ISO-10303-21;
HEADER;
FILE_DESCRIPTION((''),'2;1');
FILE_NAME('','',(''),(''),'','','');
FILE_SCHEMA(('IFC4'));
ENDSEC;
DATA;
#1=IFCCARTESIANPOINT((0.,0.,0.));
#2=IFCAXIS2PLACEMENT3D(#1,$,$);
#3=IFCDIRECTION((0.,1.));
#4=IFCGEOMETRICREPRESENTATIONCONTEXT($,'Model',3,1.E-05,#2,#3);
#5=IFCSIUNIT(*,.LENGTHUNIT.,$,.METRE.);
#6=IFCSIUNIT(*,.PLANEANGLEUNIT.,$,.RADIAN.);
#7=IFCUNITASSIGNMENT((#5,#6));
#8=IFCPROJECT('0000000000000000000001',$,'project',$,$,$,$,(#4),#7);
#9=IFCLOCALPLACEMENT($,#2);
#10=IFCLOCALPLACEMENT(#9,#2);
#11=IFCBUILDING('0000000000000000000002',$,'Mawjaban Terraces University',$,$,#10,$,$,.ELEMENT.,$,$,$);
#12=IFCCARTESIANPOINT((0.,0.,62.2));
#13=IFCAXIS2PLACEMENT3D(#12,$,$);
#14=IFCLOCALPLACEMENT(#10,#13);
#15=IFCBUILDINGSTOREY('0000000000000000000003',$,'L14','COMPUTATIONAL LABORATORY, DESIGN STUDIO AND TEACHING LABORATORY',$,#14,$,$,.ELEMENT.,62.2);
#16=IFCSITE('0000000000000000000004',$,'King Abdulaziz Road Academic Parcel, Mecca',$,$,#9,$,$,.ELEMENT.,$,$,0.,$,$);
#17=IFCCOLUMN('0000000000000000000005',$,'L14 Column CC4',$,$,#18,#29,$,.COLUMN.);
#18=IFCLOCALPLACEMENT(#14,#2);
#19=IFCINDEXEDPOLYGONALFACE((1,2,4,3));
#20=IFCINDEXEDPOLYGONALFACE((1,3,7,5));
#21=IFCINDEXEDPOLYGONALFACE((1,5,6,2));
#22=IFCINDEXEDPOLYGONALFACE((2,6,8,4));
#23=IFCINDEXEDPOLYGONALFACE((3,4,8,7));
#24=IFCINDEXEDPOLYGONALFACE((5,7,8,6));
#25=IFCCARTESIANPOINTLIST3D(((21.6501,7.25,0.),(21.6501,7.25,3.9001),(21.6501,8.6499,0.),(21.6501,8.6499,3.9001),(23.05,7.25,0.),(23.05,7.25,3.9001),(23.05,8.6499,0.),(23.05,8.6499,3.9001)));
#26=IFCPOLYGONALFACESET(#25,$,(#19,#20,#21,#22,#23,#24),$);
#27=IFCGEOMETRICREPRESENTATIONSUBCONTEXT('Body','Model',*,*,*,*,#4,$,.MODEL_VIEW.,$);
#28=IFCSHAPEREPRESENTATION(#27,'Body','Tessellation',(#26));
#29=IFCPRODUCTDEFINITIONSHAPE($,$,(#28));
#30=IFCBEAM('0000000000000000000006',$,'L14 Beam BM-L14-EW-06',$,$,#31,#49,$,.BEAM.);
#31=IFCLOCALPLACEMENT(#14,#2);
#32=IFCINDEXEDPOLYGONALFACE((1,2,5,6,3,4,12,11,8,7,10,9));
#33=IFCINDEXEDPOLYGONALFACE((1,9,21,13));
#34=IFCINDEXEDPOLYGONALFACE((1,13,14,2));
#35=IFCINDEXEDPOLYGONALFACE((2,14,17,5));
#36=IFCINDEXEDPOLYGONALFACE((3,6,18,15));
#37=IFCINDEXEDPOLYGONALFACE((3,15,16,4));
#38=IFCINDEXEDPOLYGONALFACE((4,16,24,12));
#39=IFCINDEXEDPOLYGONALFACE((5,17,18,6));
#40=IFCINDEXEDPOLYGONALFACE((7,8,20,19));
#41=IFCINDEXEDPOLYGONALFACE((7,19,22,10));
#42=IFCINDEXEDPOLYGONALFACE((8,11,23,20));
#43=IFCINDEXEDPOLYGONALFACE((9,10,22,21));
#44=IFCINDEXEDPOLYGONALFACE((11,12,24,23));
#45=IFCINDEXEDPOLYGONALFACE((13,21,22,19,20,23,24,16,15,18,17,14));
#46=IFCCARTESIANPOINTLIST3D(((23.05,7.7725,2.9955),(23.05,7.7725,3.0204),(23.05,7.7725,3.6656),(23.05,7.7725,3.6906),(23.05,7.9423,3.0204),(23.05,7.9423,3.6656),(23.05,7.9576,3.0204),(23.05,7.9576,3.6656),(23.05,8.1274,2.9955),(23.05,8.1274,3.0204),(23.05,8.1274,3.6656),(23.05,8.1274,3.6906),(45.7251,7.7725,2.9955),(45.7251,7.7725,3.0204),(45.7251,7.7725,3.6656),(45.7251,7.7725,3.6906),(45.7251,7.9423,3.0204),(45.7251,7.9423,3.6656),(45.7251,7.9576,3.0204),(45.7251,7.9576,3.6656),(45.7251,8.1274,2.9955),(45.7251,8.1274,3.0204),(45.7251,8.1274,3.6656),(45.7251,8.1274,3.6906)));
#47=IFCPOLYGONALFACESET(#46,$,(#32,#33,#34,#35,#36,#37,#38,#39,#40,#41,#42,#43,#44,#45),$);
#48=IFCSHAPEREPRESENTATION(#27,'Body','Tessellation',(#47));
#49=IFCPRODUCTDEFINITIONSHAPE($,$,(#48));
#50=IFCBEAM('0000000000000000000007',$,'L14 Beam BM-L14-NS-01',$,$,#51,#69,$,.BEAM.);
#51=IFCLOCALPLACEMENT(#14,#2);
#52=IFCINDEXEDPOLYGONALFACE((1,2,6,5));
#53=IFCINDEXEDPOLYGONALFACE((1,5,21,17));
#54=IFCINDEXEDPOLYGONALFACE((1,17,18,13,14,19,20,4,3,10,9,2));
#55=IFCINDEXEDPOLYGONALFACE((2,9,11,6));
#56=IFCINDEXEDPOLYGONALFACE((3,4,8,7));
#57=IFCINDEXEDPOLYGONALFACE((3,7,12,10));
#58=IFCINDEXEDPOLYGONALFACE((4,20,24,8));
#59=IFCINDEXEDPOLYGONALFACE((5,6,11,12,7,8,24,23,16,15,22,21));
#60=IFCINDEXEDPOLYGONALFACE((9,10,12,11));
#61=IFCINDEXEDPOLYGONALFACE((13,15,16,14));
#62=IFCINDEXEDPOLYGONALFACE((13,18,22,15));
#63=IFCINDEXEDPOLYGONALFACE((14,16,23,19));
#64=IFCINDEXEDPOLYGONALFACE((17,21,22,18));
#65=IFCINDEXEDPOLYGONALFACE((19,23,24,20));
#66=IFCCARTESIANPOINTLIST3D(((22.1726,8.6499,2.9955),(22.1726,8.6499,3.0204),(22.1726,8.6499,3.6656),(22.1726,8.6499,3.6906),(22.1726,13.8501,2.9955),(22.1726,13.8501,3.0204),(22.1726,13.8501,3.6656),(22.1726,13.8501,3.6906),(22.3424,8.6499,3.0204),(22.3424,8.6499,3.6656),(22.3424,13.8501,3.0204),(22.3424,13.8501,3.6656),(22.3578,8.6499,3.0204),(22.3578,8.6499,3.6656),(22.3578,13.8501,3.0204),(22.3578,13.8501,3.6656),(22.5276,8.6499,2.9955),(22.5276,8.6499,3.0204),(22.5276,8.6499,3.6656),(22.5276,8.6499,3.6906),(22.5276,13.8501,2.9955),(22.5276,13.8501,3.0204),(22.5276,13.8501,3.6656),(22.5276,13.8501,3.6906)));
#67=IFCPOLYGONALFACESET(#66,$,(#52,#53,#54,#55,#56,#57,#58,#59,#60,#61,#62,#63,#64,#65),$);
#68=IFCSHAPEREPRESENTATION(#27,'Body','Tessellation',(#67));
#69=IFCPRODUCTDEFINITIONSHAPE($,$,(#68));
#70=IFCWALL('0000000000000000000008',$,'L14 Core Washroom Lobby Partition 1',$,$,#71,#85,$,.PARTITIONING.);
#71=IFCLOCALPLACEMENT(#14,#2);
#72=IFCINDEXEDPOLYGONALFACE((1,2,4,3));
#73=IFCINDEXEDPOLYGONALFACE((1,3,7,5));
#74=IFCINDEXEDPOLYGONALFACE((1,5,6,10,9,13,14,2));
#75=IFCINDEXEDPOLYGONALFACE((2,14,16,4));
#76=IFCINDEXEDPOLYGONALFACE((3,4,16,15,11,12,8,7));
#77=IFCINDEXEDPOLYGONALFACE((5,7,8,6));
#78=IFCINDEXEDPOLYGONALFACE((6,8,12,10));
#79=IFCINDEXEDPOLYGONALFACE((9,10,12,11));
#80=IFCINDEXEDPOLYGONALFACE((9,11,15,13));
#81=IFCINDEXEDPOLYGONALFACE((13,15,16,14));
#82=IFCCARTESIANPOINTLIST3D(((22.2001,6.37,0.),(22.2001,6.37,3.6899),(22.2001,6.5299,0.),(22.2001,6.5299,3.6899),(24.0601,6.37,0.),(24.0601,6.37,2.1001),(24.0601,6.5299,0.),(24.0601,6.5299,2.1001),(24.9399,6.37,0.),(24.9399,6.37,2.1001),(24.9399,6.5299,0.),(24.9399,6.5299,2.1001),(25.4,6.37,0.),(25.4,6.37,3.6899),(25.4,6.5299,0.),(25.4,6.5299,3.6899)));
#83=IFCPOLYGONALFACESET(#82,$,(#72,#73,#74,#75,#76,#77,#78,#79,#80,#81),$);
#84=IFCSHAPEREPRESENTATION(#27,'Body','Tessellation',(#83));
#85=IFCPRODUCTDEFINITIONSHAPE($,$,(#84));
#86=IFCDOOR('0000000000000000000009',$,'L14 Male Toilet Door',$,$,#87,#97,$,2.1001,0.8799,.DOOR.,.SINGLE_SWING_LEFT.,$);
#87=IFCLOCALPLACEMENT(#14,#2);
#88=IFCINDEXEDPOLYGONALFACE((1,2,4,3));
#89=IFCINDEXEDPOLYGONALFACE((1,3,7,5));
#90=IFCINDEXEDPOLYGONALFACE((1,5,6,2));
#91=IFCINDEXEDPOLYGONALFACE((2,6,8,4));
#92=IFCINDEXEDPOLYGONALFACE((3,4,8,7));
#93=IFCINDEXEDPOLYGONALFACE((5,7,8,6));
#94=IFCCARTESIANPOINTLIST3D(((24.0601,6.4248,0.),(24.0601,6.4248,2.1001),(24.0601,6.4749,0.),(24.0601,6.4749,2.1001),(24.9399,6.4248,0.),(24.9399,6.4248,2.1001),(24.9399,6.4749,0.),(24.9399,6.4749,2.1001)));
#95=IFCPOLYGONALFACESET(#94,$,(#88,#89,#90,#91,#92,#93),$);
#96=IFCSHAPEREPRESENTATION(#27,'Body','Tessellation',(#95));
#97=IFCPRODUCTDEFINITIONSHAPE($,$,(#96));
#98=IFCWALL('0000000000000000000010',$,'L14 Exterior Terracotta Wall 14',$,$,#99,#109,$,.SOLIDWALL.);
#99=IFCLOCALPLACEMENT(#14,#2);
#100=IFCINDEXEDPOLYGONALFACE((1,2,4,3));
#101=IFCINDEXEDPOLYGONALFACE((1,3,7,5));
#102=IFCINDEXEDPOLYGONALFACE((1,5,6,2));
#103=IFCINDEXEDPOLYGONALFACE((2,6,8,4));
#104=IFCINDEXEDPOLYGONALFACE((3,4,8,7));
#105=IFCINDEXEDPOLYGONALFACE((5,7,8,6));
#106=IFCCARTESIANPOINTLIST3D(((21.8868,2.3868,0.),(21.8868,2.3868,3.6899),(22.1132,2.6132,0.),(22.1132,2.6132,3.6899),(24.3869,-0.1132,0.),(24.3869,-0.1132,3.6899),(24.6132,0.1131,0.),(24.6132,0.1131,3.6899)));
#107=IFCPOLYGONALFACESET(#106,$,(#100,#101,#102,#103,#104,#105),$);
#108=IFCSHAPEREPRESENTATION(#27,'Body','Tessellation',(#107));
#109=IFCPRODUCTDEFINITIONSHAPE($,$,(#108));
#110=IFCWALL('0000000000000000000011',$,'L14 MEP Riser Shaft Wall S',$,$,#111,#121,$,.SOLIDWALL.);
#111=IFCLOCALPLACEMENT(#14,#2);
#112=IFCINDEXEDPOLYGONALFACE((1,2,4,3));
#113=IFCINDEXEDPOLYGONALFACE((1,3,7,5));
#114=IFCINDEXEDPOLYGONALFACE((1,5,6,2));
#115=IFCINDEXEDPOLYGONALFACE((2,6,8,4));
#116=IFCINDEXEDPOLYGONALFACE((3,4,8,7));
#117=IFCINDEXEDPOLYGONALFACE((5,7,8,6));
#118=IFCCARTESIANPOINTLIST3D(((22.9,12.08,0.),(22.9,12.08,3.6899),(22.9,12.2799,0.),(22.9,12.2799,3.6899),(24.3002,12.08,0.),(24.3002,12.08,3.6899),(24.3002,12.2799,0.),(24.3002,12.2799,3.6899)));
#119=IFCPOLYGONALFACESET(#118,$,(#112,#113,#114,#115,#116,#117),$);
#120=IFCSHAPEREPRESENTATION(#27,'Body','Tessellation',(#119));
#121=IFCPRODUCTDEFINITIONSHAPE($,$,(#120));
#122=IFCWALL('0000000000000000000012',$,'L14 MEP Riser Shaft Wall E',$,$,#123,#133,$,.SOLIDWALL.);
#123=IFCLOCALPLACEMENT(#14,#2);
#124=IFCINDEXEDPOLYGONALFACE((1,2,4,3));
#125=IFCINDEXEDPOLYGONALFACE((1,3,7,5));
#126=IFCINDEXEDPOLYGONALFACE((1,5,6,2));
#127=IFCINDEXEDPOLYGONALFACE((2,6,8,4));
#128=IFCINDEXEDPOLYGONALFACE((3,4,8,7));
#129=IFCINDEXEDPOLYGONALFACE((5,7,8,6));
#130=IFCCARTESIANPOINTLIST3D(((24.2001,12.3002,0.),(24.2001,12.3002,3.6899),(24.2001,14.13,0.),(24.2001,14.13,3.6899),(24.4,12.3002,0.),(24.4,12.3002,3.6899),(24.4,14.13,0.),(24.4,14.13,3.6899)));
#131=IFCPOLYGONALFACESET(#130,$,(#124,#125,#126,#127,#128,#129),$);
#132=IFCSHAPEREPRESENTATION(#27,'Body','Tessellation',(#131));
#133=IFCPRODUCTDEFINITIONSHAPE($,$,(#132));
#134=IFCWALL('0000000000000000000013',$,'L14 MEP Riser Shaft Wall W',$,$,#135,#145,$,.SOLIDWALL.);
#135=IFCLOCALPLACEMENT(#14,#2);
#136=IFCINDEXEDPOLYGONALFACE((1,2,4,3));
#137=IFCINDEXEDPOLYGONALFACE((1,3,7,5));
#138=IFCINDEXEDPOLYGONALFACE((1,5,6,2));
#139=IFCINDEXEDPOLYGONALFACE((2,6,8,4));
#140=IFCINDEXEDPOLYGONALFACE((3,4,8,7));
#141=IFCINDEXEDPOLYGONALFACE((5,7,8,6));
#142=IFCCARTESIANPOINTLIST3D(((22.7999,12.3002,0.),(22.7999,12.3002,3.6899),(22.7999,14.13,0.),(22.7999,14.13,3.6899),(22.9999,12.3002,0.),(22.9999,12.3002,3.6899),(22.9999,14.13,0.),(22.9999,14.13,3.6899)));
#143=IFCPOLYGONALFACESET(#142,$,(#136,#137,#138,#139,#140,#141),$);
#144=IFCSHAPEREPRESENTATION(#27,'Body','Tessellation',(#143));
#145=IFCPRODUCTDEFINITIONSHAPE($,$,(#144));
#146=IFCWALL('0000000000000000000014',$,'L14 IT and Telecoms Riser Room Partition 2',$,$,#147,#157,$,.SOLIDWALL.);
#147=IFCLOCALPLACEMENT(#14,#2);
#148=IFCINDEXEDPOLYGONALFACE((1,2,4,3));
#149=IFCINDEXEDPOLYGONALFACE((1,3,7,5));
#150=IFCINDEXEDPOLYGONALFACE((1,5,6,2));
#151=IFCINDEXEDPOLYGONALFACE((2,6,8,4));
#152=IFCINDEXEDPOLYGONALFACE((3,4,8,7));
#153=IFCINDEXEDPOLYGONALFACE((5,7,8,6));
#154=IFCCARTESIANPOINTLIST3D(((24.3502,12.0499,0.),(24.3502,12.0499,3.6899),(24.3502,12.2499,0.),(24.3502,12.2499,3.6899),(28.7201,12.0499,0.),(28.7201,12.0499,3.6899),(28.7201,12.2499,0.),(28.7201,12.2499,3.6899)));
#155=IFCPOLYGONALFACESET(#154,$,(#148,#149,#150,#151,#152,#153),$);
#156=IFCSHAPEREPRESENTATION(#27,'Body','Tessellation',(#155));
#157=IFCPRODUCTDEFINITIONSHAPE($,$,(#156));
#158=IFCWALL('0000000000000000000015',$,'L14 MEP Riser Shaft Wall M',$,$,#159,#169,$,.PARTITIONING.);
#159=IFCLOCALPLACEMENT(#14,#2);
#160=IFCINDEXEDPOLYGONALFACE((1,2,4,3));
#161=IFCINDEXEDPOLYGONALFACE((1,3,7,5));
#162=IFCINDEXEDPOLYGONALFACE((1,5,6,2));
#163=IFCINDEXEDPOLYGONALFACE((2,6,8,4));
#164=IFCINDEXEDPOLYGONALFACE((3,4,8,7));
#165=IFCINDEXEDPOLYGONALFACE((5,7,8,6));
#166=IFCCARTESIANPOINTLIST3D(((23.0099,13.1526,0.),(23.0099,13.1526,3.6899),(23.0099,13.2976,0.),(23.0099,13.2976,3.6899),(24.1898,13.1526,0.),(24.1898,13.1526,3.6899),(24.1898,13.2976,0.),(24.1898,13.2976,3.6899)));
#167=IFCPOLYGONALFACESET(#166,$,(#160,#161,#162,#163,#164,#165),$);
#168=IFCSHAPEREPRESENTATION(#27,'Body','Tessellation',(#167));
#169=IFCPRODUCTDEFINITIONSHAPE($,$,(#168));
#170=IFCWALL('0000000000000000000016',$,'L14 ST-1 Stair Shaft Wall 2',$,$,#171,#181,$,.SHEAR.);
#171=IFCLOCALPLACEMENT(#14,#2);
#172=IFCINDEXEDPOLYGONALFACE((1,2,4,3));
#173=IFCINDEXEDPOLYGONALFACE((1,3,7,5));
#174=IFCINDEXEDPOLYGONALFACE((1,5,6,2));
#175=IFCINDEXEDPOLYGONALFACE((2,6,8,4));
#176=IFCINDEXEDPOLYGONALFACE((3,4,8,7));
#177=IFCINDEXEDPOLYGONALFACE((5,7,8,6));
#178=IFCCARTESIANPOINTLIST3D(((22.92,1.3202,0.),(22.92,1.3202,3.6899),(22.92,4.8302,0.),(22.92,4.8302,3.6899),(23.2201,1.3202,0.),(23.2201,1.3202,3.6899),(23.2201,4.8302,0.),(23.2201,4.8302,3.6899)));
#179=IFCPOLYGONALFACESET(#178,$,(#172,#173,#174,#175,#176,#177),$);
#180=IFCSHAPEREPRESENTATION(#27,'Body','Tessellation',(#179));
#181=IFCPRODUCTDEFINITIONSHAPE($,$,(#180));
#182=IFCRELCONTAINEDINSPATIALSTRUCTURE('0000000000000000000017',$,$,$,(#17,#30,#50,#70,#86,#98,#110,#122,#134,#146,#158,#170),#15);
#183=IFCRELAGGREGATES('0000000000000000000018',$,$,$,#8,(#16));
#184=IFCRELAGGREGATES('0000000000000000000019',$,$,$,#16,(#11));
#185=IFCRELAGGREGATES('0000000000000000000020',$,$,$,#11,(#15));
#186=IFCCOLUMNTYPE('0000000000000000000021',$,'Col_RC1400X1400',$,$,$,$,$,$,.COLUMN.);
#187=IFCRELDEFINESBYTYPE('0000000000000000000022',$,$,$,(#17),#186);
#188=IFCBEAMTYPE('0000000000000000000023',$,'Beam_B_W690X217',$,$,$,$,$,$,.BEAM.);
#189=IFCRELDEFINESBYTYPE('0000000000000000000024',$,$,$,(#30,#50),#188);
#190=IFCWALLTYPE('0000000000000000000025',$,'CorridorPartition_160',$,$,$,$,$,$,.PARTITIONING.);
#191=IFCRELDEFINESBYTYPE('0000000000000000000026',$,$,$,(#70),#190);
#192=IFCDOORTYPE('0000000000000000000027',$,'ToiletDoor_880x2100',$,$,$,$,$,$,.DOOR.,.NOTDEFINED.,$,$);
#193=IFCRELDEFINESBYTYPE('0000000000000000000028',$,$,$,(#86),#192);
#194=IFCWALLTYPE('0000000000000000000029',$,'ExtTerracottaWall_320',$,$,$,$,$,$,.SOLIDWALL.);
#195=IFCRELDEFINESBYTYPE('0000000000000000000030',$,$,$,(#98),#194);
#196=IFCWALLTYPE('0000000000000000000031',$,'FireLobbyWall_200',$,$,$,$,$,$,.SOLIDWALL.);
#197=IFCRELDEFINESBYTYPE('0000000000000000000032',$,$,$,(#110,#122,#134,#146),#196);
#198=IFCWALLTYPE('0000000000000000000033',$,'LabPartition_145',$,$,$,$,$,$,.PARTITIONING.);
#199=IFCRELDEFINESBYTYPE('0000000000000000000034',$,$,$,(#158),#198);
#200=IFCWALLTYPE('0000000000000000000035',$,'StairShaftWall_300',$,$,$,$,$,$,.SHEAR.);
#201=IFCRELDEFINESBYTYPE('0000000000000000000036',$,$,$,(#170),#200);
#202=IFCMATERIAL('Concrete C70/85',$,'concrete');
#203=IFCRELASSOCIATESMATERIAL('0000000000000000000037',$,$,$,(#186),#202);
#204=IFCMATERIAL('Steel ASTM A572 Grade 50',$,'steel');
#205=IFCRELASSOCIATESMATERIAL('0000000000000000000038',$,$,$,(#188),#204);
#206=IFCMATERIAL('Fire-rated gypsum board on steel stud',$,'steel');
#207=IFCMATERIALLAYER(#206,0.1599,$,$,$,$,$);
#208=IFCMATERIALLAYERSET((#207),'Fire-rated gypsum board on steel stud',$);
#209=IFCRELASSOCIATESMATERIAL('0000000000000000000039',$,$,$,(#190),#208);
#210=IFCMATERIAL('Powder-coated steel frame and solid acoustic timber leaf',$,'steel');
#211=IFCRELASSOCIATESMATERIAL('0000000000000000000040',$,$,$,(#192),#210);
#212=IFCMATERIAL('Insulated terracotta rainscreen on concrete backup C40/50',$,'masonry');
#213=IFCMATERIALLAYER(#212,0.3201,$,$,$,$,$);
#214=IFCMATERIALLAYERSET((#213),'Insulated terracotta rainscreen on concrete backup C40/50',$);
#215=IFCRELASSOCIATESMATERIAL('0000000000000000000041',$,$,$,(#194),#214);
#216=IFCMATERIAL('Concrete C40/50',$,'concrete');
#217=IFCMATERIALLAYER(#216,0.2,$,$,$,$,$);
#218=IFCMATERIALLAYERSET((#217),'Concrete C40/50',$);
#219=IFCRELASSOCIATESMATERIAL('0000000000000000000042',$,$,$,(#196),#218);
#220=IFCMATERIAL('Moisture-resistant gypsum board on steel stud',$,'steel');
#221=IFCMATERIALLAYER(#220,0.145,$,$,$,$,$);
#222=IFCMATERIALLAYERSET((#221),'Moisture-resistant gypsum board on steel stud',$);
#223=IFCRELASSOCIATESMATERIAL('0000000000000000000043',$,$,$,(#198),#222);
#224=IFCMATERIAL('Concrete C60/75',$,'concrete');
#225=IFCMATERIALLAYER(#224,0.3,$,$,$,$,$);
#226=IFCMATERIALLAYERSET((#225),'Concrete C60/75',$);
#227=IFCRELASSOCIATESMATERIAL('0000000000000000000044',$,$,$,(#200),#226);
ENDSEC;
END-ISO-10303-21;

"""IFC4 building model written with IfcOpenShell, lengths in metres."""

from ifc_helpers import new_model, si_unit, direction, frame, frame_2d, origin, origin_2d, place, context, subcontext, project, spatial, rectangle, i_section, extrude, material, layer, layer_set, material_profile, profile_set, type_object, element, fill, save


model = new_model("IFC4")

# Units and contexts
model_context = context("Model", 3, precision=1e-05, world=origin(), true_north=direction((0.0, 1.0)))
body_context = subcontext(model_context, "Body", "Model", "MODEL_VIEW")
ifc_project = project(units=[si_unit("LENGTHUNIT", "METRE"), si_unit("PLANEANGLEUNIT", "RADIAN")], contexts=[model_context])

# Site, building, storey
site_placement = place(None, origin())
site = spatial("IfcSite", under=ifc_project, at=site_placement, Name="King Abdulaziz Road Academic Parcel, Mecca", CompositionType="ELEMENT", RefElevation=0.0)
building_placement = place(site_placement, origin())
building = spatial("IfcBuilding", under=site, at=building_placement, Name="Mawjaban Terraces University", CompositionType="ELEMENT")
storey_placement = place(building_placement, frame((0.0, 0.0, 62.2)))
storey = spatial("IfcBuildingStorey", under=building, at=storey_placement, Name="L14", Description="COMPUTATIONAL LABORATORY, DESIGN STUDIO AND TEACHING LABORATORY", CompositionType="ELEMENT", Elevation=62.2)

# Column
ifc_material_1 = material(Name="Concrete C70/85", Category="concrete")
ifc_material_profile_1 = material_profile(ifc_material_1, rectangle(XDim=1.3999, YDim=1.3999, at=origin_2d()), Name="RC1400X1400")
ifc_profile_set_1 = profile_set([ifc_material_profile_1], Name="Concrete C70/85")
column_type = type_object("IfcColumnType", Name="Col_RC1400X1400", PredefinedType="COLUMN", material=ifc_profile_set_1)
column_placement = place(storey_placement, frame((22.3501, 7.95, 0.0), z_axis=(0.0, 0.0, 1.0), x_axis=(1.0, 0.0, 0.0)))
element("IfcColumn", 1, at=column_placement, inside=storey, type_object=column_type, Name="L14 Column CC4", PredefinedType="COLUMN", context=body_context, shape_type="SweptSolid", body=[
    extrude(rectangle(XDim=1.3999, YDim=1.3999, at=origin_2d()), origin(), (0.0, 0.0, 1.0), 3.9001),
])

# Beams
ifc_material_2 = material(Name="Steel ASTM A572 Grade 50", Category="steel")
ifc_material_profile_2 = material_profile(ifc_material_2, i_section(OverallWidth=0.355, OverallDepth=0.6951, WebThickness=0.0154, FlangeThickness=0.0249, at=origin_2d()), Name="W690X217")
ifc_profile_set_2 = profile_set([ifc_material_profile_2], Name="Steel ASTM A572 Grade 50")
beam_type = type_object("IfcBeamType", Name="Beam_B_W690X217", PredefinedType="BEAM", material=ifc_profile_set_2)
beam_1_placement = place(storey_placement, frame((23.05, 7.95, 3.343), z_axis=(1.0, 0.0, 0.0), x_axis=(0.0, 1.0, 0.0)))
element("IfcBeam", 2, at=beam_1_placement, inside=storey, type_object=beam_type, Name="L14 Beam BM-L14-EW-06", PredefinedType="BEAM", context=body_context, shape_type="SweptSolid", body=[
    extrude(i_section(OverallWidth=0.355, OverallDepth=0.6951, WebThickness=0.0154, FlangeThickness=0.0249, at=origin_2d()), origin(), (0.0, 0.0, 1.0), 22.675),
])
beam_2_placement = place(storey_placement, frame((22.3501, 8.6499, 3.343), z_axis=(0.0, 1.0, 0.0), x_axis=(-1.0, 0.0, 0.0)))
element("IfcBeam", 3, at=beam_2_placement, inside=storey, type_object=beam_type, Name="L14 Beam BM-L14-NS-01", PredefinedType="BEAM", context=body_context, shape_type="SweptSolid", body=[
    extrude(i_section(OverallWidth=0.355, OverallDepth=0.6951, WebThickness=0.0154, FlangeThickness=0.0249, at=origin_2d()), origin(), (0.0, 0.0, 1.0), 5.2002),
])

# Wall, opening, door
ifc_material_3 = material(Name="Fire-rated gypsum board on steel stud", Category="steel")
ifc_layer_1 = layer(ifc_material_3, 0.1599)
ifc_layer_set_1 = layer_set([ifc_layer_1], Name="Fire-rated gypsum board on steel stud")
wall_type_1 = type_object("IfcWallType", Name="CorridorPartition_160", PredefinedType="PARTITIONING", material=ifc_layer_set_1)
wall_1_placement = place(storey_placement, frame((22.2, 6.45, 0.0), z_axis=(0.0, 0.0, 1.0), x_axis=(1.0, 0.0, 0.0)))
wall_1 = element("IfcWall", 4, at=wall_1_placement, inside=storey, type_object=wall_type_1, Name="L14 Core Washroom Lobby Partition 1", PredefinedType="PARTITIONING", context=body_context, shape_type="SweptSolid", body=[
    extrude(rectangle(XDim=3.2, YDim=0.1599, at=frame_2d((1.6001, 0.0))), origin(), (0.0, 0.0, 1.0), 3.6899),
])
opening_placement = place(wall_1_placement, frame((1.8601, 0.0, 0.0)))
opening = element("IfcOpeningElement", 5, at=opening_placement, cuts=wall_1, PredefinedType="OPENING", context=body_context, shape_type="SweptSolid", body=[
    extrude(rectangle(XDim=0.8799, YDim=2.1001, at=frame_2d((0.4399, 1.05))), frame((0.0, 0.0898, 0.0), z_axis=(0.0, -1.0, 0.0), x_axis=(1.0, 0.0, 0.0)), (0.0, 0.0, 1.0), 0.1799),
])
ifc_material_4 = material(Name="Powder-coated steel frame and solid acoustic timber leaf", Category="steel")
door_type = type_object("IfcDoorType", Name="ToiletDoor_880x2100", OperationType="NOTDEFINED", PredefinedType="DOOR", material=ifc_material_4)
door_placement = place(opening_placement, origin())
door = element("IfcDoor", 6, at=door_placement, inside=storey, type_object=door_type, Name="L14 Male Toilet Door", OperationType="SINGLE_SWING_LEFT", OverallHeight=2.1001, OverallWidth=0.8799, PredefinedType="DOOR", context=body_context, shape_type="SweptSolid", body=[
    extrude(rectangle(XDim=0.8799, YDim=2.1001, at=frame_2d((0.4399, 1.05))), frame((0.0, 0.0249, 0.0), z_axis=(0.0, -1.0, 0.0), x_axis=(1.0, 0.0, 0.0)), (0.0, 0.0, 1.0), 0.05),
])
fill(opening, door)

# Walls
ifc_material_5 = material(Name="Insulated terracotta rainscreen on concrete backup C40/50", Category="masonry")
ifc_layer_2 = layer(ifc_material_5, 0.3201)
ifc_layer_set_2 = layer_set([ifc_layer_2], Name="Insulated terracotta rainscreen on concrete backup C40/50")
wall_type_2 = type_object("IfcWallType", Name="ExtTerracottaWall_320", PredefinedType="SOLIDWALL", material=ifc_layer_set_2)
wall_2_placement = place(storey_placement, frame((22.0, 2.5, 0.0), z_axis=(0.0, 0.0, 1.0), x_axis=(0.707107, -0.707107, 0.0)))
element("IfcWall", 7, at=wall_2_placement, inside=storey, type_object=wall_type_2, Name="L14 Exterior Terracotta Wall 14", PredefinedType="SOLIDWALL", context=body_context, shape_type="SweptSolid", body=[
    extrude(rectangle(XDim=3.5356, YDim=0.3201, at=frame_2d((1.7678, 0.0))), origin(), (0.0, 0.0, 1.0), 3.6899),
])
ifc_material_6 = material(Name="Concrete C40/50", Category="concrete")
ifc_layer_3 = layer(ifc_material_6, 0.2)
ifc_layer_set_3 = layer_set([ifc_layer_3], Name="Concrete C40/50")
wall_type_3 = type_object("IfcWallType", Name="FireLobbyWall_200", PredefinedType="SOLIDWALL", material=ifc_layer_set_3)
wall_3_placement = place(storey_placement, frame((22.8999, 12.1799, 0.0), z_axis=(0.0, 0.0, 1.0), x_axis=(1.0, 0.0, 0.0)))
element("IfcWall", 8, at=wall_3_placement, inside=storey, type_object=wall_type_3, Name="L14 MEP Riser Shaft Wall S", PredefinedType="SOLIDWALL", context=body_context, shape_type="SweptSolid", body=[
    extrude(rectangle(XDim=1.4001, YDim=0.2, at=frame_2d((0.7002, 0.0))), origin(), (0.0, 0.0, 1.0), 3.6899),
])
for number, where, z_axis, x_axis, name in (
    (9, (24.3, 12.3, 0.0), (0.0, 0.0, 1.0), (0.0, 1.0, 0.0), "L14 MEP Riser Shaft Wall E"),
    (10, (22.8999, 12.3, 0.0), (0.0, 0.0, 1.0), (0.0, 1.0, 0.0), "L14 MEP Riser Shaft Wall W"),
):
    element("IfcWall", number, at=place(storey_placement, frame(where, z_axis=z_axis, x_axis=x_axis)), inside=storey, type_object=wall_type_3, Name=name, PredefinedType="SOLIDWALL", context=body_context, shape_type="SweptSolid", body=[
        extrude(rectangle(XDim=1.8298, YDim=0.2, at=frame_2d((0.915, 0.0))), origin(), (0.0, 0.0, 1.0), 3.6899),
    ])
wall_4_placement = place(storey_placement, frame((24.3501, 12.1499, 0.0), z_axis=(0.0, 0.0, 1.0), x_axis=(1.0, 0.0, 0.0)))
element("IfcWall", 11, at=wall_4_placement, inside=storey, type_object=wall_type_3, Name="L14 IT and Telecoms Riser Room Partition 2", PredefinedType="SOLIDWALL", context=body_context, shape_type="SweptSolid", body=[
    extrude(rectangle(XDim=4.3699, YDim=0.2, at=frame_2d((2.1851, 0.0))), origin(), (0.0, 0.0, 1.0), 3.6899),
])
ifc_material_7 = material(Name="Moisture-resistant gypsum board on steel stud", Category="steel")
ifc_layer_4 = layer(ifc_material_7, 0.145)
ifc_layer_set_4 = layer_set([ifc_layer_4], Name="Moisture-resistant gypsum board on steel stud")
wall_type_4 = type_object("IfcWallType", Name="LabPartition_145", PredefinedType="PARTITIONING", material=ifc_layer_set_4)
wall_5_placement = place(storey_placement, frame((23.01, 13.2251, 0.0), z_axis=(0.0, 0.0, 1.0), x_axis=(1.0, 0.0, 0.0)))
element("IfcWall", 12, at=wall_5_placement, inside=storey, type_object=wall_type_4, Name="L14 MEP Riser Shaft Wall M", PredefinedType="PARTITIONING", context=body_context, shape_type="SweptSolid", body=[
    extrude(rectangle(XDim=1.1799, YDim=0.145, at=frame_2d((0.5898, 0.0))), origin(), (0.0, 0.0, 1.0), 3.6899),
])
ifc_material_8 = material(Name="Concrete C60/75", Category="concrete")
ifc_layer_5 = layer(ifc_material_8, 0.3)
ifc_layer_set_5 = layer_set([ifc_layer_5], Name="Concrete C60/75")
wall_type_5 = type_object("IfcWallType", Name="StairShaftWall_300", PredefinedType="SHEAR", material=ifc_layer_set_5)
wall_6_placement = place(storey_placement, frame((23.0701, 4.8301, 0.0), z_axis=(0.0, 0.0, 1.0), x_axis=(0.0, -1.0, 0.0)))
element("IfcWall", 13, at=wall_6_placement, inside=storey, type_object=wall_type_5, Name="L14 ST-1 Stair Shaft Wall 2", PredefinedType="SHEAR", context=body_context, shape_type="SweptSolid", body=[
    extrude(rectangle(XDim=3.51, YDim=0.3, at=frame_2d((1.7549, 0.0))), origin(), (0.0, 0.0, 1.0), 3.6899),
])

save(model, "model.ifc")
